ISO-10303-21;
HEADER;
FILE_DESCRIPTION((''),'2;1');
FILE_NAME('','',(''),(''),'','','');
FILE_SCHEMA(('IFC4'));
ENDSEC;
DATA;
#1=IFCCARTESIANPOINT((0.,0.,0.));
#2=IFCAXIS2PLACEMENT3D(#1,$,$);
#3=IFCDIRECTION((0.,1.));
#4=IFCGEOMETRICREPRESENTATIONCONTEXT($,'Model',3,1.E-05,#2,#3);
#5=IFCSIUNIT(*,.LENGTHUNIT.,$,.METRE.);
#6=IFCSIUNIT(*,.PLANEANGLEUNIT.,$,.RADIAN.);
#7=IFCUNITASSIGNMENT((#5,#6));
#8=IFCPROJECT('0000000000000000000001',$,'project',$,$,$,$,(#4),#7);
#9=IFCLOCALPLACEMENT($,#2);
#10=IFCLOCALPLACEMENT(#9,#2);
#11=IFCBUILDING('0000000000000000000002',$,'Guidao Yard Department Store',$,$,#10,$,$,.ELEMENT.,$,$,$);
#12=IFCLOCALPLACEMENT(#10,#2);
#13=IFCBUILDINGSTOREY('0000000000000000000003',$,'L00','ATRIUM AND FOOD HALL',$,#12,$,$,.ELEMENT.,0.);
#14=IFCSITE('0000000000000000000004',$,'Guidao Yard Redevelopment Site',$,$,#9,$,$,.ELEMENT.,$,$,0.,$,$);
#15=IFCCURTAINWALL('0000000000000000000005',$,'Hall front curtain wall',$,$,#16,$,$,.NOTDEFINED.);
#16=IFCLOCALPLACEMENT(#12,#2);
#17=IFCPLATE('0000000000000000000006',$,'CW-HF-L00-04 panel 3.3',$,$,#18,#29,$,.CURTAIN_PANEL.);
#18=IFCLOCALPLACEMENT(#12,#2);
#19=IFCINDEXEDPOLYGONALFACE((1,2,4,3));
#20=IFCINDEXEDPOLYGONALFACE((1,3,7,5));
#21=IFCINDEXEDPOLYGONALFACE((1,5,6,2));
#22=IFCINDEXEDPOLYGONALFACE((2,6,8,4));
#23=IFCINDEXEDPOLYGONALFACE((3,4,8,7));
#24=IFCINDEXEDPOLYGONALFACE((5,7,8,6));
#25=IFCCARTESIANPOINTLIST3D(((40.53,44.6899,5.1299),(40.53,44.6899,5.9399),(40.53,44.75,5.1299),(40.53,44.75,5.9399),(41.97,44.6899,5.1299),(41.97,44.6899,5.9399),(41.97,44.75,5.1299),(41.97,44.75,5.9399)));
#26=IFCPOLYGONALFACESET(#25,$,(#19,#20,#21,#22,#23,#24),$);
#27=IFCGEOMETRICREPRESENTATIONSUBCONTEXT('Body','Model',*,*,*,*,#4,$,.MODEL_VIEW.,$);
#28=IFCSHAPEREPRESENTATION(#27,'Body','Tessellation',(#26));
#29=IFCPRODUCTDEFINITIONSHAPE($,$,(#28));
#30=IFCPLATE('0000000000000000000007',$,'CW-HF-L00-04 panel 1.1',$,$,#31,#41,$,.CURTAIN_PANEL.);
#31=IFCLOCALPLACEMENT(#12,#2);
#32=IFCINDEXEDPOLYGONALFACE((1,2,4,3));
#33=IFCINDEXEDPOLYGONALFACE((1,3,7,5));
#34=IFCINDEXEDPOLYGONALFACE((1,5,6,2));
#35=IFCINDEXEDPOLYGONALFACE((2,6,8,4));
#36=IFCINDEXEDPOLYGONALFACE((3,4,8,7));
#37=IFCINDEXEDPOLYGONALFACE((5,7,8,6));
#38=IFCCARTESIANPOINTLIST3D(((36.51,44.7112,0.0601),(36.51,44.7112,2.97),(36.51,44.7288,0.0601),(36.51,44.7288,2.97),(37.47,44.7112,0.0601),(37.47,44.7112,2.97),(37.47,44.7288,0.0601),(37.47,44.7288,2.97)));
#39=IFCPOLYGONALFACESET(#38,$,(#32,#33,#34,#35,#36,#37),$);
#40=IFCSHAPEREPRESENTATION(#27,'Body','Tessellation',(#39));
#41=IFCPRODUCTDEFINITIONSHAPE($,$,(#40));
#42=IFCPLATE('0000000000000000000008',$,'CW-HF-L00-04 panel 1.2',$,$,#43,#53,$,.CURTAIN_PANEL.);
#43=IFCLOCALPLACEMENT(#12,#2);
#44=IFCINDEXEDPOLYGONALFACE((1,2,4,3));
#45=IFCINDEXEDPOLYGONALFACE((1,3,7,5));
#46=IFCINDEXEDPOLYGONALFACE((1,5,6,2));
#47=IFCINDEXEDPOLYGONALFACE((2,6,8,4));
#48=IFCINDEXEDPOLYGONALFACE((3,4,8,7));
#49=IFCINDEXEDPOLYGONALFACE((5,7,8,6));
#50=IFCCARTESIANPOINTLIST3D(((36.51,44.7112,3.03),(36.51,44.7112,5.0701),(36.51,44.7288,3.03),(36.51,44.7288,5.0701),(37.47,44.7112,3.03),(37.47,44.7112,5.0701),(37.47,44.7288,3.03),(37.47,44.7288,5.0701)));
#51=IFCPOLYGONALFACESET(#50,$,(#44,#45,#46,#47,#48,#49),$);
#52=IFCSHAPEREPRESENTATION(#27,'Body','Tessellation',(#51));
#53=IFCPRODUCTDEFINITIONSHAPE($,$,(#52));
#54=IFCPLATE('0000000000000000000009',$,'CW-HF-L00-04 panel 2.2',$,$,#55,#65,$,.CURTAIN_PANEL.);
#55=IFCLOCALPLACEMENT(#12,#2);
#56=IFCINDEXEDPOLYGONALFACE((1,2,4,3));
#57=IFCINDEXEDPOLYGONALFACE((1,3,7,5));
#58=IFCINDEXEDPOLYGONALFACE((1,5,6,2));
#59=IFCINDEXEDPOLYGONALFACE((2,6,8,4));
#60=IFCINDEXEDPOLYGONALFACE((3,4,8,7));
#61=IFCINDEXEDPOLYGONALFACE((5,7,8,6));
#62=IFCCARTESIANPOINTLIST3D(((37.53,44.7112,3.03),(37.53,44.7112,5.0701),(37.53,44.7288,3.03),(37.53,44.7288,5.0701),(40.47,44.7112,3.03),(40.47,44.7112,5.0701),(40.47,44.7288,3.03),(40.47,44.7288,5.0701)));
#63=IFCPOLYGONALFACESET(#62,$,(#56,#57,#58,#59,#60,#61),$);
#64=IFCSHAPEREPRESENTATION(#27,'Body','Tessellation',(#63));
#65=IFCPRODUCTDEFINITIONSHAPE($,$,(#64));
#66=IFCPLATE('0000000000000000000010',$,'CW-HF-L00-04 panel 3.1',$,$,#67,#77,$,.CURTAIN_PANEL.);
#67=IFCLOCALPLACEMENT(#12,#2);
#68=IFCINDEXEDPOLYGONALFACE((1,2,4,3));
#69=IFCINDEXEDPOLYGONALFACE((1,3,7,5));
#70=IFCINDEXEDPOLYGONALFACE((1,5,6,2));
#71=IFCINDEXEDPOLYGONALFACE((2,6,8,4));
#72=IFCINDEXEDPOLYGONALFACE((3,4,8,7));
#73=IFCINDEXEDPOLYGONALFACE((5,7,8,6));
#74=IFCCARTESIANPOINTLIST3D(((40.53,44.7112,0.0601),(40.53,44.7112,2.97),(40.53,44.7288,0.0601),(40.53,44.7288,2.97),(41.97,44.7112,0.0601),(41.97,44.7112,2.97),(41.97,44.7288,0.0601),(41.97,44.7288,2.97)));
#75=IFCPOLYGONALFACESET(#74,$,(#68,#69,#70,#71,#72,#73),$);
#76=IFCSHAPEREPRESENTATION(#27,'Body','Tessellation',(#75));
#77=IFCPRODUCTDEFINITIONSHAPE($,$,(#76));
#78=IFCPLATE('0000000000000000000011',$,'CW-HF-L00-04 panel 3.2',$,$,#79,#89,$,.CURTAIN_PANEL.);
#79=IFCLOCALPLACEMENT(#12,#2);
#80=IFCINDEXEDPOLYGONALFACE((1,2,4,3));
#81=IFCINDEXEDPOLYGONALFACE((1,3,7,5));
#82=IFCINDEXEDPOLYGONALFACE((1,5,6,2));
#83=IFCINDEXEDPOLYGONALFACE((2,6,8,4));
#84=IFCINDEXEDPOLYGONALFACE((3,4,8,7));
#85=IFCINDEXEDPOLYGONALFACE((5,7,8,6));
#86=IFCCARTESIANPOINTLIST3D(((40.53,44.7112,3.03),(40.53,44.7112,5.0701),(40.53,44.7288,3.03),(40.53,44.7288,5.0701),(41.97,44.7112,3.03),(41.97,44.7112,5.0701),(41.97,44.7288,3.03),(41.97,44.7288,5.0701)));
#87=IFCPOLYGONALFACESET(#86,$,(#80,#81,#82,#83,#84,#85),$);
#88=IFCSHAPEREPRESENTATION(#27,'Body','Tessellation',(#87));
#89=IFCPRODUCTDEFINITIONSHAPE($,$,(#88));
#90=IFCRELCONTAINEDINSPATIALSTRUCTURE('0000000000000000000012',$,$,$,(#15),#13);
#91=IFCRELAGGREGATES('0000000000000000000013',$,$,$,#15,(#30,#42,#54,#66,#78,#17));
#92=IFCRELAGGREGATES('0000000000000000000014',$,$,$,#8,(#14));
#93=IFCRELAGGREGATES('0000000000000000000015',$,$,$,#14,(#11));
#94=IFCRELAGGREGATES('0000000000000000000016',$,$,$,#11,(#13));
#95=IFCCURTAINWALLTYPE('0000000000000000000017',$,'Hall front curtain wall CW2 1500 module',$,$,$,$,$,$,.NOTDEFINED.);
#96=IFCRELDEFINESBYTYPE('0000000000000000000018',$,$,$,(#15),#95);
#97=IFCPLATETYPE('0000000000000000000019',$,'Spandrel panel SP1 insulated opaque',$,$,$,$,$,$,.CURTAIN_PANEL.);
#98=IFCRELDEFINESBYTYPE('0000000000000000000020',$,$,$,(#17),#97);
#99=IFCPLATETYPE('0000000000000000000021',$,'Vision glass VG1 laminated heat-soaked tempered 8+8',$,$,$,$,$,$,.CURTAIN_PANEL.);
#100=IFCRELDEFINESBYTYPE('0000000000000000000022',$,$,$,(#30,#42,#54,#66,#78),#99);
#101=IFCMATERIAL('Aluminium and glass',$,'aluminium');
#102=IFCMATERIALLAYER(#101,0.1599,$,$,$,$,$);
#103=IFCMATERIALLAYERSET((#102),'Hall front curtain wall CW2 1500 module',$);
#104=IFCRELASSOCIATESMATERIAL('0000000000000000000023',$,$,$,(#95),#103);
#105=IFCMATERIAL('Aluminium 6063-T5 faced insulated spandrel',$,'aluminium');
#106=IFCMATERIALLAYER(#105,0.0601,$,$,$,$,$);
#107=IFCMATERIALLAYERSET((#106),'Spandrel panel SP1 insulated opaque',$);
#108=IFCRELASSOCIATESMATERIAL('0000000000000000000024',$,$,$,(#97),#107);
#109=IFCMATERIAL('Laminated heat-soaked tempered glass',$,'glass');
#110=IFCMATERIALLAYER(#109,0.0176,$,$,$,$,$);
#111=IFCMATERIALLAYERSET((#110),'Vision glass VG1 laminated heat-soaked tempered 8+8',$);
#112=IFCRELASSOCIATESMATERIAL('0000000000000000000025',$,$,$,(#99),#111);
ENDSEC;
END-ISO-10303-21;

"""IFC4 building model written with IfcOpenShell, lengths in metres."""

from ifc_helpers import new_model, si_unit, direction, frame, origin, origin_2d, place, context, subcontext, project, spatial, rectangle, extrude, material, layer, layer_set, type_object, element, aggregate, save


model = new_model("IFC4")

# Units and contexts
model_context = context("Model", 3, precision=1e-05, world=origin(), true_north=direction((0.0, 1.0)))
body_context = subcontext(model_context, "Body", "Model", "MODEL_VIEW")
ifc_project = project(units=[si_unit("LENGTHUNIT", "METRE"), si_unit("PLANEANGLEUNIT", "RADIAN")], contexts=[model_context])

# Site, building, storey
site_placement = place(None, origin())
site = spatial("IfcSite", under=ifc_project, at=site_placement, Name="Guidao Yard Redevelopment Site", CompositionType="ELEMENT", RefElevation=0.0)
building_placement = place(site_placement, origin())
building = spatial("IfcBuilding", under=site, at=building_placement, Name="Guidao Yard Department Store", CompositionType="ELEMENT")
storey_placement = place(building_placement, origin())
storey = spatial("IfcBuildingStorey", under=building, at=storey_placement, Name="L00", Description="ATRIUM AND FOOD HALL", CompositionType="ELEMENT", Elevation=0.0)

# Curtain wall, plates
ifc_material_1 = material(Name="Aluminium and glass", Category="aluminium")
ifc_layer_1 = layer(ifc_material_1, 0.1599)
ifc_layer_set_1 = layer_set([ifc_layer_1], Name="Hall front curtain wall CW2 1500 module")
curtain_wall_type = type_object("IfcCurtainWallType", Name="Hall front curtain wall CW2 1500 module", PredefinedType="NOTDEFINED", material=ifc_layer_set_1)
curtain_wall_placement = place(storey_placement, origin())
curtain_wall = element("IfcCurtainWall", 1, at=curtain_wall_placement, inside=storey, type_object=curtain_wall_type, Name="Hall front curtain wall", PredefinedType="NOTDEFINED")
ifc_material_2 = material(Name="Aluminium 6063-T5 faced insulated spandrel", Category="aluminium")
ifc_layer_2 = layer(ifc_material_2, 0.0601)
ifc_layer_set_2 = layer_set([ifc_layer_2], Name="Spandrel panel SP1 insulated opaque")
plate_type_1 = type_object("IfcPlateType", Name="Spandrel panel SP1 insulated opaque", PredefinedType="CURTAIN_PANEL", material=ifc_layer_set_2)
plate_1_placement = place(storey_placement, frame((41.25, 44.72, 5.1299), z_axis=(0.0, 0.0, 1.0), x_axis=(-1.0, 0.0, 0.0)))
plate_1 = element("IfcPlate", 2, at=plate_1_placement, type_object=plate_type_1, Name="CW-HF-L00-04 panel 3.3", PredefinedType="CURTAIN_PANEL", context=body_context, shape_type="SweptSolid", body=[
    extrude(rectangle(XDim=1.4399, YDim=0.0601, at=origin_2d()), origin(), (0.0, 0.0, 1.0), 0.8101),
])
ifc_material_3 = material(Name="Laminated heat-soaked tempered glass", Category="glass")
ifc_layer_3 = layer(ifc_material_3, 0.0176)
ifc_layer_set_3 = layer_set([ifc_layer_3], Name="Vision glass VG1 laminated heat-soaked tempered 8+8")
plate_type_2 = type_object("IfcPlateType", Name="Vision glass VG1 laminated heat-soaked tempered 8+8", PredefinedType="CURTAIN_PANEL", material=ifc_layer_set_3)
plate_2_placement = place(storey_placement, frame((36.99, 44.72, 0.0601), z_axis=(0.0, 0.0, 1.0), x_axis=(-1.0, 0.0, 0.0)))
plate_2 = element("IfcPlate", 3, at=plate_2_placement, type_object=plate_type_2, Name="CW-HF-L00-04 panel 1.1", PredefinedType="CURTAIN_PANEL", context=body_context, shape_type="SweptSolid", body=[
    extrude(rectangle(XDim=0.96, YDim=0.0176, at=origin_2d()), origin(), (0.0, 0.0, 1.0), 2.9099),
])
plate_3_placement = place(storey_placement, frame((36.99, 44.72, 3.03), z_axis=(0.0, 0.0, 1.0), x_axis=(-1.0, 0.0, 0.0)))
plate_3 = element("IfcPlate", 4, at=plate_3_placement, type_object=plate_type_2, Name="CW-HF-L00-04 panel 1.2", PredefinedType="CURTAIN_PANEL", context=body_context, shape_type="SweptSolid", body=[
    extrude(rectangle(XDim=0.96, YDim=0.0176, at=origin_2d()), origin(), (0.0, 0.0, 1.0), 2.04),
])
plate_4_placement = place(storey_placement, frame((39.0, 44.72, 3.03), z_axis=(0.0, 0.0, 1.0), x_axis=(-1.0, 0.0, 0.0)))
plate_4 = element("IfcPlate", 5, at=plate_4_placement, type_object=plate_type_2, Name="CW-HF-L00-04 panel 2.2", PredefinedType="CURTAIN_PANEL", context=body_context, shape_type="SweptSolid", body=[
    extrude(rectangle(XDim=2.9399, YDim=0.0176, at=origin_2d()), origin(), (0.0, 0.0, 1.0), 2.04),
])
plate_5_placement = place(storey_placement, frame((41.25, 44.72, 0.0601), z_axis=(0.0, 0.0, 1.0), x_axis=(-1.0, 0.0, 0.0)))
plate_5 = element("IfcPlate", 6, at=plate_5_placement, type_object=plate_type_2, Name="CW-HF-L00-04 panel 3.1", PredefinedType="CURTAIN_PANEL", context=body_context, shape_type="SweptSolid", body=[
    extrude(rectangle(XDim=1.4399, YDim=0.0176, at=origin_2d()), origin(), (0.0, 0.0, 1.0), 2.9099),
])
plate_6_placement = place(storey_placement, frame((41.25, 44.72, 3.03), z_axis=(0.0, 0.0, 1.0), x_axis=(-1.0, 0.0, 0.0)))
plate_6 = element("IfcPlate", 7, at=plate_6_placement, type_object=plate_type_2, Name="CW-HF-L00-04 panel 3.2", PredefinedType="CURTAIN_PANEL", context=body_context, shape_type="SweptSolid", body=[
    extrude(rectangle(XDim=1.4399, YDim=0.0176, at=origin_2d()), origin(), (0.0, 0.0, 1.0), 2.04),
])
aggregate(curtain_wall, [plate_2, plate_3, plate_4, plate_5, plate_6, plate_1])

save(model, "model.ifc")
